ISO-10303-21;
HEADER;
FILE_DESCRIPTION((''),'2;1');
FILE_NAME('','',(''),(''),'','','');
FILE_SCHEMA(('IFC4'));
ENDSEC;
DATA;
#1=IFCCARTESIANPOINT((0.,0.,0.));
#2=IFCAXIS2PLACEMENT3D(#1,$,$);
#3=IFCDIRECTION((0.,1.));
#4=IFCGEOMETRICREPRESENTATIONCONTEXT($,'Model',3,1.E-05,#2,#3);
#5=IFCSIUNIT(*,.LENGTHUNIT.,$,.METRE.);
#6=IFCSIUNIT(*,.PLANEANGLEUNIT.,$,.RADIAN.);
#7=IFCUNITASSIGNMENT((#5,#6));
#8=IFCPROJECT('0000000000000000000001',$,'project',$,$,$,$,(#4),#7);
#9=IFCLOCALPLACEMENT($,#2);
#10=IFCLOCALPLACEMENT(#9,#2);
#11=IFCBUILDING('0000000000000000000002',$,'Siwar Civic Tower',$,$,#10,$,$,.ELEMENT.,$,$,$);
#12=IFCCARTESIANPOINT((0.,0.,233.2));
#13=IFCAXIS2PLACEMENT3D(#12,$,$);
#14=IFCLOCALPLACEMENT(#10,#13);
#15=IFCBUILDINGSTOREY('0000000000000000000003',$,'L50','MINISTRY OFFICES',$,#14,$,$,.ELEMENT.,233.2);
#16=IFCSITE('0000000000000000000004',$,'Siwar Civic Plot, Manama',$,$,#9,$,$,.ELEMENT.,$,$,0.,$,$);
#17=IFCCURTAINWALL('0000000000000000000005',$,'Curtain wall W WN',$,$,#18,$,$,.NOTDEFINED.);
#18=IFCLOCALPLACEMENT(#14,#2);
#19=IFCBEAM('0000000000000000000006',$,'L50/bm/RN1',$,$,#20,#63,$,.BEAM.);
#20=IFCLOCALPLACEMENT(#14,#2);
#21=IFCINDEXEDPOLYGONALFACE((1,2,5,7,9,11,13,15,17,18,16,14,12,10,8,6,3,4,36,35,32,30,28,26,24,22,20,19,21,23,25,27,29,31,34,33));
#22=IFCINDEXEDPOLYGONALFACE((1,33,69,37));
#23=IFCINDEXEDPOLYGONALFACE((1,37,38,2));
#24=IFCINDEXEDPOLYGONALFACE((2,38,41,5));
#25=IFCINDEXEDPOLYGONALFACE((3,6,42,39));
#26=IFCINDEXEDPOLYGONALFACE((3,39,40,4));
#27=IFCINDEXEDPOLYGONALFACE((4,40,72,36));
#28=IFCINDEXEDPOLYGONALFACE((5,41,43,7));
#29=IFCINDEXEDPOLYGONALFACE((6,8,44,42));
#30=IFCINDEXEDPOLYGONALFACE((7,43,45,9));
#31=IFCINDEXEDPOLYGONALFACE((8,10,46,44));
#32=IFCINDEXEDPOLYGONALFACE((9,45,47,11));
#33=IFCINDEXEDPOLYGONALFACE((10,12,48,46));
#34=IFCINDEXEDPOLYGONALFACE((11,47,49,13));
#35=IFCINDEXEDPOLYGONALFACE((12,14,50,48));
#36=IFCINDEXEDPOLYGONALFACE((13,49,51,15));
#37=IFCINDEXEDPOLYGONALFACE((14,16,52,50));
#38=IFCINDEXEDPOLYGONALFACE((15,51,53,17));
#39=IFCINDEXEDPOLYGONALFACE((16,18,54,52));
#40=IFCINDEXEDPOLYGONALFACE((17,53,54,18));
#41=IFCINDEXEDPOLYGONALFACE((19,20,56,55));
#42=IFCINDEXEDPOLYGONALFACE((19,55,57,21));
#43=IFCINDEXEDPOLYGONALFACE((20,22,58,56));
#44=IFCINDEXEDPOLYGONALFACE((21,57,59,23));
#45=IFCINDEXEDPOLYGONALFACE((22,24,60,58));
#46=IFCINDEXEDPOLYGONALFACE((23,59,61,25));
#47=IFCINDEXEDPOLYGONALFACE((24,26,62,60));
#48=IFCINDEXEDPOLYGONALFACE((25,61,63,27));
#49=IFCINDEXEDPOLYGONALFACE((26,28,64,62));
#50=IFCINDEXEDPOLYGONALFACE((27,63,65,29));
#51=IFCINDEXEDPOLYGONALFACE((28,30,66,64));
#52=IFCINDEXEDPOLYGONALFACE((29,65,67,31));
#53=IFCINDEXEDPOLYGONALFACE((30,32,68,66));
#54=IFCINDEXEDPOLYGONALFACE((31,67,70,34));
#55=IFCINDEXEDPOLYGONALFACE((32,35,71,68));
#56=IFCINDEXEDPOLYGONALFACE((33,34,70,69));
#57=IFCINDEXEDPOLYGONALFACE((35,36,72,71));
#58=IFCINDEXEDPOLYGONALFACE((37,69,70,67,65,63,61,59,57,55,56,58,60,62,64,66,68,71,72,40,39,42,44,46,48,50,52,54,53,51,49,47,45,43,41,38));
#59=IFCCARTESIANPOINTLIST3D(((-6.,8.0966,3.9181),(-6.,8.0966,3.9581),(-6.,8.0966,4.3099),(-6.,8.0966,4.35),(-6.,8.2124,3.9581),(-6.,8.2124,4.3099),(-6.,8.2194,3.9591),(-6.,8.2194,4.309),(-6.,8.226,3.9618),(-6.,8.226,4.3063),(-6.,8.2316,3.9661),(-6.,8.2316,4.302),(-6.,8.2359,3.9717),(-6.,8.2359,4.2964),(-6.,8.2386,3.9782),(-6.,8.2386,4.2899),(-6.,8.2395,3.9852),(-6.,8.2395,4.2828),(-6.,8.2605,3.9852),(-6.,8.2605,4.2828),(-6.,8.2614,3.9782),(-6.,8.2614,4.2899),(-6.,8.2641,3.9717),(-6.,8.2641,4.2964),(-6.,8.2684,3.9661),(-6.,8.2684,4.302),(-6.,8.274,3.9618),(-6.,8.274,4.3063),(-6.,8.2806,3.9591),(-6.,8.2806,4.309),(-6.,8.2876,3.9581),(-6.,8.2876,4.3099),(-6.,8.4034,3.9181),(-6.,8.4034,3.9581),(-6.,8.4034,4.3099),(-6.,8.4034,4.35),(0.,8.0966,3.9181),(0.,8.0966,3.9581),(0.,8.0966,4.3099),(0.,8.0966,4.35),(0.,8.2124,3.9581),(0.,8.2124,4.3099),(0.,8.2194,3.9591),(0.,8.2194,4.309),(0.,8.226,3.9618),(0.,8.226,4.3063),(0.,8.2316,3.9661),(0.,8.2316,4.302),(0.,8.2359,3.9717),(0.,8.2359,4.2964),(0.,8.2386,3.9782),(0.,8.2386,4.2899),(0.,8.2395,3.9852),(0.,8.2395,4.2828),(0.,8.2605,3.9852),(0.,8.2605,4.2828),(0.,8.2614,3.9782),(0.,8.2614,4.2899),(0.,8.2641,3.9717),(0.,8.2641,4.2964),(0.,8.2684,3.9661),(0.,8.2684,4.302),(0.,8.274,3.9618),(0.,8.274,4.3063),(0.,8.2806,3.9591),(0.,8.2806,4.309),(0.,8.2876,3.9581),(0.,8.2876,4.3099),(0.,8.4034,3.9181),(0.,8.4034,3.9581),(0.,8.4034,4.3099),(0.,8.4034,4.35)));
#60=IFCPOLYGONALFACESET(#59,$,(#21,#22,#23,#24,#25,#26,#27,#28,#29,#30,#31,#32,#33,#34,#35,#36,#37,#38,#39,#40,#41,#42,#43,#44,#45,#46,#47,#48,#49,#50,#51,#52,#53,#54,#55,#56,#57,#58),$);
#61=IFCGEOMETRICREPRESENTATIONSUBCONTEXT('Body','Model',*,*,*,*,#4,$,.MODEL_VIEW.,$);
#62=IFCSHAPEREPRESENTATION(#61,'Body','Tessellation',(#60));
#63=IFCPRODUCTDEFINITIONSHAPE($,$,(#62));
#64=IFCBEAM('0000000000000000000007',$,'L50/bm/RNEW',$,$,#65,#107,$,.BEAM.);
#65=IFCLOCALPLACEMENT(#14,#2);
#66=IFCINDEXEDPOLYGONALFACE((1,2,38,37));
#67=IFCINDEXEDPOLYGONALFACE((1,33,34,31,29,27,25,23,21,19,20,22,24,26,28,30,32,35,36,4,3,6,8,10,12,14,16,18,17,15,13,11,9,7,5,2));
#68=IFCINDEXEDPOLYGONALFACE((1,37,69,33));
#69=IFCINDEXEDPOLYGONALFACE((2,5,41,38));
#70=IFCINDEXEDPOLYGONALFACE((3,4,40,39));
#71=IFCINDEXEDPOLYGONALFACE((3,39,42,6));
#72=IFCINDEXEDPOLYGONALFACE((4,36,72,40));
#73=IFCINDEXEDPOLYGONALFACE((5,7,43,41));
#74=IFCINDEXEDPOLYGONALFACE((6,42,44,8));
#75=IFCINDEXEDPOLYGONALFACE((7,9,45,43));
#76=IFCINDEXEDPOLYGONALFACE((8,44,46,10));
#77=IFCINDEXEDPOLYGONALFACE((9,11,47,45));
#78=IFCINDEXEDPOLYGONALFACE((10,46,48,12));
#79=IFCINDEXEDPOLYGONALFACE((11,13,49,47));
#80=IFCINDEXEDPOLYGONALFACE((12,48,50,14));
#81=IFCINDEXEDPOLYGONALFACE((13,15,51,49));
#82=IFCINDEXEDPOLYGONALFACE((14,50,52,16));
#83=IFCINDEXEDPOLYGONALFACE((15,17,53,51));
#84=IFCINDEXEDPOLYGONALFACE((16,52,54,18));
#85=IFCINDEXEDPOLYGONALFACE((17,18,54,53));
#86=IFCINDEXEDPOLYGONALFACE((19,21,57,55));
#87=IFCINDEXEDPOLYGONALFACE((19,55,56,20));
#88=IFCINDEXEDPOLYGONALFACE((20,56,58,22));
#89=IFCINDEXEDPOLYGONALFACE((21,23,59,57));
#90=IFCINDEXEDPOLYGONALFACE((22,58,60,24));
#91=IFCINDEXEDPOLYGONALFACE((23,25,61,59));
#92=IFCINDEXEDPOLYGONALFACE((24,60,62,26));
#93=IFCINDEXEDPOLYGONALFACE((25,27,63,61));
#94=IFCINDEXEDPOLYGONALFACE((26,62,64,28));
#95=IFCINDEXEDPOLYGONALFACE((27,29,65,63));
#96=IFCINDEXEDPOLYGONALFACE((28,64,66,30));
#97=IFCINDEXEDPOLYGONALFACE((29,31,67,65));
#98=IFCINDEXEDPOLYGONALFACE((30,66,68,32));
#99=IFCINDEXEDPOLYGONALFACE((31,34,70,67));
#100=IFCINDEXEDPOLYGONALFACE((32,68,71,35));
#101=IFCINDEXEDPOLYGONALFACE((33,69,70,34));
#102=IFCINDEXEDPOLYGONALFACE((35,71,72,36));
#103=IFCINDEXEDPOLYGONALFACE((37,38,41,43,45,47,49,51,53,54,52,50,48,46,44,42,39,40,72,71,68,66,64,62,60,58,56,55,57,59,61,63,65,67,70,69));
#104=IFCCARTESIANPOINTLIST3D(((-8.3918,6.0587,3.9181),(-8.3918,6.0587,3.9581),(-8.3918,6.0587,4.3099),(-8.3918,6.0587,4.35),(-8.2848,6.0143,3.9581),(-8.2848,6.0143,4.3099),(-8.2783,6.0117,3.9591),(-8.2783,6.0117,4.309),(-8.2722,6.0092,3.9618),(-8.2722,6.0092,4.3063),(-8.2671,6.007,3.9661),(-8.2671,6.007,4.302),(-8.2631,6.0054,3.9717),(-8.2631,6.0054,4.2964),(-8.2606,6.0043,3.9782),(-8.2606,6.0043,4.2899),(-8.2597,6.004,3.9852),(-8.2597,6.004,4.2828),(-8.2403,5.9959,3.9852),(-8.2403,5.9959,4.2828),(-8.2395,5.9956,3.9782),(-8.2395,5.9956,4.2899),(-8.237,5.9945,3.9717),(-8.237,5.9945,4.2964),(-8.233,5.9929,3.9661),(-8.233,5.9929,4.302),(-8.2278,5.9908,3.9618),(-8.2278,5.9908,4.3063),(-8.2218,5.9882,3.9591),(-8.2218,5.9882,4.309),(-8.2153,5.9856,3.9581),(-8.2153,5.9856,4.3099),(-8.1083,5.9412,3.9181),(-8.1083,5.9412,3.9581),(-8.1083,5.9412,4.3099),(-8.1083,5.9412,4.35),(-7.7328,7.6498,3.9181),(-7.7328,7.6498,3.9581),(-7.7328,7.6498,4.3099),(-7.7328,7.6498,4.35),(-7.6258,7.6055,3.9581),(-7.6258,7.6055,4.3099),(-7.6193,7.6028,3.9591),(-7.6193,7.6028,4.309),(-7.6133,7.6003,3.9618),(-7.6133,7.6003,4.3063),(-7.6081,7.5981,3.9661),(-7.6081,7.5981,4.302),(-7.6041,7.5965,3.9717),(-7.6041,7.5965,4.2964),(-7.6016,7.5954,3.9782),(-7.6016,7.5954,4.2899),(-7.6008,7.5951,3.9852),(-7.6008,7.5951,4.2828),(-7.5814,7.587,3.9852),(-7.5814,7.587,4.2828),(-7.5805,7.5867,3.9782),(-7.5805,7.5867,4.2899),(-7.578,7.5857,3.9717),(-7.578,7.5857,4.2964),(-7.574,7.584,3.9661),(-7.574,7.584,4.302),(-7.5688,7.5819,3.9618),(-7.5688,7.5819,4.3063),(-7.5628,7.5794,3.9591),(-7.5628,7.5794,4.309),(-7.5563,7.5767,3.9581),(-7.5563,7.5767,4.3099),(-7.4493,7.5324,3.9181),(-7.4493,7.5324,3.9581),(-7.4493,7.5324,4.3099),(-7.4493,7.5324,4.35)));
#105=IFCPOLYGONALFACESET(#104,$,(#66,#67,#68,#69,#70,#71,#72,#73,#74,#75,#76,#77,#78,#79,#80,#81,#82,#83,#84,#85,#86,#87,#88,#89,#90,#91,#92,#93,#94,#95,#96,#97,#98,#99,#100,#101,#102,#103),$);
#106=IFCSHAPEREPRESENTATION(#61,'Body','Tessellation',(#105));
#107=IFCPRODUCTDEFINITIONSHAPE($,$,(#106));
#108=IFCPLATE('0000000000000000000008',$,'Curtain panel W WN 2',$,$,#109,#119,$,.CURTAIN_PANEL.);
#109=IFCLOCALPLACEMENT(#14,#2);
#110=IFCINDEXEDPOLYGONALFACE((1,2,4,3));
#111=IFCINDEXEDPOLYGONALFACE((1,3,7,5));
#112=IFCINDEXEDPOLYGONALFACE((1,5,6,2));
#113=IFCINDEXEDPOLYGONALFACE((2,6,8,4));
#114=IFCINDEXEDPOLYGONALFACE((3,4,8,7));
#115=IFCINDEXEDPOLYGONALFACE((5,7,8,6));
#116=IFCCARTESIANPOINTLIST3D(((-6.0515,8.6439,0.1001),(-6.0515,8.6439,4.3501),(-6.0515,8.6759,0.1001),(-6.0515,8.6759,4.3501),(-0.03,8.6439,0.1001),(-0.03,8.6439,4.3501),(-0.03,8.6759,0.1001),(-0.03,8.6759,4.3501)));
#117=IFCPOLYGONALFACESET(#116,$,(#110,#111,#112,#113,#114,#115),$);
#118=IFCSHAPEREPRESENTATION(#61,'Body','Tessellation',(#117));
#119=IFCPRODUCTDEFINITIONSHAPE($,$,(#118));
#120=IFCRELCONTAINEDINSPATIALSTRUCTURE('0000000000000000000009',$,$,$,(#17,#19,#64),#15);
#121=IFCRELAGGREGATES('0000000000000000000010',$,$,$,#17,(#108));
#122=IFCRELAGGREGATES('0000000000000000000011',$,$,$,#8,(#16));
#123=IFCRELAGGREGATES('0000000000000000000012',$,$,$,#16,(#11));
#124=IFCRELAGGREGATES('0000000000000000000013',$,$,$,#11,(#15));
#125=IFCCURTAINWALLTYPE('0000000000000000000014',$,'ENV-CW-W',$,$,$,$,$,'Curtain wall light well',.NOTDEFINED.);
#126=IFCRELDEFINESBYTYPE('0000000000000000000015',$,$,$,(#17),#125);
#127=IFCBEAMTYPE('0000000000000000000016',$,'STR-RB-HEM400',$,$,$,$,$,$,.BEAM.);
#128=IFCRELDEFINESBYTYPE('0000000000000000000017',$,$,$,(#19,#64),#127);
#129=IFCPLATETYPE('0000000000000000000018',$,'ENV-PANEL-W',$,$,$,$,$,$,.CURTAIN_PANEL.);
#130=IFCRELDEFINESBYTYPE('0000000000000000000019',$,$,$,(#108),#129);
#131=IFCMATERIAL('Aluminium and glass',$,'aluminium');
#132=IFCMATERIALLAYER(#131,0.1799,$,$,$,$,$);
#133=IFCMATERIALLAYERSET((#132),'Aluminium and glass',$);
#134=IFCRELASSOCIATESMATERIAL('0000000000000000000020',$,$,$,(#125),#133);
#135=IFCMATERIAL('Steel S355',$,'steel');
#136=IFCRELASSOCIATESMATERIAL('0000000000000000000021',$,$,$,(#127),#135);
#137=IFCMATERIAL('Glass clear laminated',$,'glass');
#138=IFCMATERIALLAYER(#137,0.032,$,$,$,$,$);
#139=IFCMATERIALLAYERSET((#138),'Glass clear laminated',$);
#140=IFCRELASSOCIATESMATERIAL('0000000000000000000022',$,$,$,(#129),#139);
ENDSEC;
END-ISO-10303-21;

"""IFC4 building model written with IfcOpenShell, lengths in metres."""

from ifc_helpers import new_model, si_unit, direction, frame, origin, origin_2d, place, context, subcontext, project, spatial, rectangle, i_section, extrude, material, layer, layer_set, material_profile, profile_set, type_object, element, aggregate, save


model = new_model("IFC4")

# Units and contexts
model_context = context("Model", 3, precision=1e-05, world=origin(), true_north=direction((0.0, 1.0)))
body_context = subcontext(model_context, "Body", "Model", "MODEL_VIEW")
ifc_project = project(units=[si_unit("LENGTHUNIT", "METRE"), si_unit("PLANEANGLEUNIT", "RADIAN")], contexts=[model_context])

# Site, building, storey
site_placement = place(None, origin())
site = spatial("IfcSite", under=ifc_project, at=site_placement, Name="Siwar Civic Plot, Manama", CompositionType="ELEMENT", RefElevation=0.0)
building_placement = place(site_placement, origin())
building = spatial("IfcBuilding", under=site, at=building_placement, Name="Siwar Civic Tower", CompositionType="ELEMENT")
storey_placement = place(building_placement, frame((0.0, 0.0, 233.2)))
storey = spatial("IfcBuildingStorey", under=building, at=storey_placement, Name="L50", Description="MINISTRY OFFICES", CompositionType="ELEMENT", Elevation=233.2)

# Curtain wall
ifc_material_1 = material(Name="Aluminium and glass", Category="aluminium")
ifc_layer_1 = layer(ifc_material_1, 0.1799)
ifc_layer_set_1 = layer_set([ifc_layer_1], Name="Aluminium and glass")
curtain_wall_type = type_object("IfcCurtainWallType", Name="ENV-CW-W", ElementType="Curtain wall light well", PredefinedType="NOTDEFINED", material=ifc_layer_set_1)
curtain_wall_placement = place(storey_placement, origin())
curtain_wall = element("IfcCurtainWall", 1, at=curtain_wall_placement, inside=storey, type_object=curtain_wall_type, Name="Curtain wall W WN", PredefinedType="NOTDEFINED")

# Beams
ifc_material_2 = material(Name="Steel S355", Category="steel")
ifc_material_profile_1 = material_profile(ifc_material_2, i_section(OverallWidth=0.3069, OverallDepth=0.4319, WebThickness=0.021, FlangeThickness=0.04, FilletRadius=0.0271, at=origin_2d()), Name="HEM400")
ifc_profile_set_1 = profile_set([ifc_material_profile_1], Name="Steel S355")
beam_type_1 = type_object("IfcBeamType", Name="STR-RB-HEM400", PredefinedType="BEAM", material=ifc_profile_set_1)
beam_1_placement = place(storey_placement, frame((-6.0, 8.25, 4.134), z_axis=(1.0, 0.0, 0.0), x_axis=(0.0, 1.0, 0.0)))
element("IfcBeam", 2, at=beam_1_placement, inside=storey, type_object=beam_type_1, Name="L50/bm/RN1", PredefinedType="BEAM", context=body_context, shape_type="SweptSolid", body=[
    extrude(i_section(OverallWidth=0.3069, OverallDepth=0.4319, WebThickness=0.021, FlangeThickness=0.04, FilletRadius=0.0271, at=origin_2d()), origin(), (0.0, 0.0, 1.0), 6.0),
])
beam_2_placement = place(storey_placement, frame((-7.5911, 7.5911, 4.134), z_axis=(-0.382631, -0.923901, 0.0), x_axis=(0.923901, -0.382631, 0.0)))
element("IfcBeam", 3, at=beam_2_placement, inside=storey, type_object=beam_type_1, Name="L50/bm/RNEW", PredefinedType="BEAM", context=body_context, shape_type="SweptSolid", body=[
    extrude(i_section(OverallWidth=0.3069, OverallDepth=0.4319, WebThickness=0.021, FlangeThickness=0.04, FilletRadius=0.0271, at=origin_2d()), origin(), (0.0, 0.0, 1.0), 1.7222),
])

# Plate
ifc_material_3 = material(Name="Glass clear laminated", Category="glass")
ifc_layer_2 = layer(ifc_material_3, 0.032)
ifc_layer_set_2 = layer_set([ifc_layer_2], Name="Glass clear laminated")
plate_type = type_object("IfcPlateType", Name="ENV-PANEL-W", PredefinedType="CURTAIN_PANEL", material=ifc_layer_set_2)
plate_placement = place(storey_placement, frame((-3.0408, 8.6599, 0.1001), z_axis=(0.0, 0.0, 1.0), x_axis=(-1.0, 0.0, 0.0)))
plate = element("IfcPlate", 4, at=plate_placement, type_object=plate_type, Name="Curtain panel W WN 2", PredefinedType="CURTAIN_PANEL", context=body_context, shape_type="SweptSolid", body=[
    extrude(rectangle(XDim=6.0215, YDim=0.032, at=origin_2d()), origin(), (0.0, 0.0, 1.0), 4.25),
])
aggregate(curtain_wall, [plate])

save(model, "model.ifc")
